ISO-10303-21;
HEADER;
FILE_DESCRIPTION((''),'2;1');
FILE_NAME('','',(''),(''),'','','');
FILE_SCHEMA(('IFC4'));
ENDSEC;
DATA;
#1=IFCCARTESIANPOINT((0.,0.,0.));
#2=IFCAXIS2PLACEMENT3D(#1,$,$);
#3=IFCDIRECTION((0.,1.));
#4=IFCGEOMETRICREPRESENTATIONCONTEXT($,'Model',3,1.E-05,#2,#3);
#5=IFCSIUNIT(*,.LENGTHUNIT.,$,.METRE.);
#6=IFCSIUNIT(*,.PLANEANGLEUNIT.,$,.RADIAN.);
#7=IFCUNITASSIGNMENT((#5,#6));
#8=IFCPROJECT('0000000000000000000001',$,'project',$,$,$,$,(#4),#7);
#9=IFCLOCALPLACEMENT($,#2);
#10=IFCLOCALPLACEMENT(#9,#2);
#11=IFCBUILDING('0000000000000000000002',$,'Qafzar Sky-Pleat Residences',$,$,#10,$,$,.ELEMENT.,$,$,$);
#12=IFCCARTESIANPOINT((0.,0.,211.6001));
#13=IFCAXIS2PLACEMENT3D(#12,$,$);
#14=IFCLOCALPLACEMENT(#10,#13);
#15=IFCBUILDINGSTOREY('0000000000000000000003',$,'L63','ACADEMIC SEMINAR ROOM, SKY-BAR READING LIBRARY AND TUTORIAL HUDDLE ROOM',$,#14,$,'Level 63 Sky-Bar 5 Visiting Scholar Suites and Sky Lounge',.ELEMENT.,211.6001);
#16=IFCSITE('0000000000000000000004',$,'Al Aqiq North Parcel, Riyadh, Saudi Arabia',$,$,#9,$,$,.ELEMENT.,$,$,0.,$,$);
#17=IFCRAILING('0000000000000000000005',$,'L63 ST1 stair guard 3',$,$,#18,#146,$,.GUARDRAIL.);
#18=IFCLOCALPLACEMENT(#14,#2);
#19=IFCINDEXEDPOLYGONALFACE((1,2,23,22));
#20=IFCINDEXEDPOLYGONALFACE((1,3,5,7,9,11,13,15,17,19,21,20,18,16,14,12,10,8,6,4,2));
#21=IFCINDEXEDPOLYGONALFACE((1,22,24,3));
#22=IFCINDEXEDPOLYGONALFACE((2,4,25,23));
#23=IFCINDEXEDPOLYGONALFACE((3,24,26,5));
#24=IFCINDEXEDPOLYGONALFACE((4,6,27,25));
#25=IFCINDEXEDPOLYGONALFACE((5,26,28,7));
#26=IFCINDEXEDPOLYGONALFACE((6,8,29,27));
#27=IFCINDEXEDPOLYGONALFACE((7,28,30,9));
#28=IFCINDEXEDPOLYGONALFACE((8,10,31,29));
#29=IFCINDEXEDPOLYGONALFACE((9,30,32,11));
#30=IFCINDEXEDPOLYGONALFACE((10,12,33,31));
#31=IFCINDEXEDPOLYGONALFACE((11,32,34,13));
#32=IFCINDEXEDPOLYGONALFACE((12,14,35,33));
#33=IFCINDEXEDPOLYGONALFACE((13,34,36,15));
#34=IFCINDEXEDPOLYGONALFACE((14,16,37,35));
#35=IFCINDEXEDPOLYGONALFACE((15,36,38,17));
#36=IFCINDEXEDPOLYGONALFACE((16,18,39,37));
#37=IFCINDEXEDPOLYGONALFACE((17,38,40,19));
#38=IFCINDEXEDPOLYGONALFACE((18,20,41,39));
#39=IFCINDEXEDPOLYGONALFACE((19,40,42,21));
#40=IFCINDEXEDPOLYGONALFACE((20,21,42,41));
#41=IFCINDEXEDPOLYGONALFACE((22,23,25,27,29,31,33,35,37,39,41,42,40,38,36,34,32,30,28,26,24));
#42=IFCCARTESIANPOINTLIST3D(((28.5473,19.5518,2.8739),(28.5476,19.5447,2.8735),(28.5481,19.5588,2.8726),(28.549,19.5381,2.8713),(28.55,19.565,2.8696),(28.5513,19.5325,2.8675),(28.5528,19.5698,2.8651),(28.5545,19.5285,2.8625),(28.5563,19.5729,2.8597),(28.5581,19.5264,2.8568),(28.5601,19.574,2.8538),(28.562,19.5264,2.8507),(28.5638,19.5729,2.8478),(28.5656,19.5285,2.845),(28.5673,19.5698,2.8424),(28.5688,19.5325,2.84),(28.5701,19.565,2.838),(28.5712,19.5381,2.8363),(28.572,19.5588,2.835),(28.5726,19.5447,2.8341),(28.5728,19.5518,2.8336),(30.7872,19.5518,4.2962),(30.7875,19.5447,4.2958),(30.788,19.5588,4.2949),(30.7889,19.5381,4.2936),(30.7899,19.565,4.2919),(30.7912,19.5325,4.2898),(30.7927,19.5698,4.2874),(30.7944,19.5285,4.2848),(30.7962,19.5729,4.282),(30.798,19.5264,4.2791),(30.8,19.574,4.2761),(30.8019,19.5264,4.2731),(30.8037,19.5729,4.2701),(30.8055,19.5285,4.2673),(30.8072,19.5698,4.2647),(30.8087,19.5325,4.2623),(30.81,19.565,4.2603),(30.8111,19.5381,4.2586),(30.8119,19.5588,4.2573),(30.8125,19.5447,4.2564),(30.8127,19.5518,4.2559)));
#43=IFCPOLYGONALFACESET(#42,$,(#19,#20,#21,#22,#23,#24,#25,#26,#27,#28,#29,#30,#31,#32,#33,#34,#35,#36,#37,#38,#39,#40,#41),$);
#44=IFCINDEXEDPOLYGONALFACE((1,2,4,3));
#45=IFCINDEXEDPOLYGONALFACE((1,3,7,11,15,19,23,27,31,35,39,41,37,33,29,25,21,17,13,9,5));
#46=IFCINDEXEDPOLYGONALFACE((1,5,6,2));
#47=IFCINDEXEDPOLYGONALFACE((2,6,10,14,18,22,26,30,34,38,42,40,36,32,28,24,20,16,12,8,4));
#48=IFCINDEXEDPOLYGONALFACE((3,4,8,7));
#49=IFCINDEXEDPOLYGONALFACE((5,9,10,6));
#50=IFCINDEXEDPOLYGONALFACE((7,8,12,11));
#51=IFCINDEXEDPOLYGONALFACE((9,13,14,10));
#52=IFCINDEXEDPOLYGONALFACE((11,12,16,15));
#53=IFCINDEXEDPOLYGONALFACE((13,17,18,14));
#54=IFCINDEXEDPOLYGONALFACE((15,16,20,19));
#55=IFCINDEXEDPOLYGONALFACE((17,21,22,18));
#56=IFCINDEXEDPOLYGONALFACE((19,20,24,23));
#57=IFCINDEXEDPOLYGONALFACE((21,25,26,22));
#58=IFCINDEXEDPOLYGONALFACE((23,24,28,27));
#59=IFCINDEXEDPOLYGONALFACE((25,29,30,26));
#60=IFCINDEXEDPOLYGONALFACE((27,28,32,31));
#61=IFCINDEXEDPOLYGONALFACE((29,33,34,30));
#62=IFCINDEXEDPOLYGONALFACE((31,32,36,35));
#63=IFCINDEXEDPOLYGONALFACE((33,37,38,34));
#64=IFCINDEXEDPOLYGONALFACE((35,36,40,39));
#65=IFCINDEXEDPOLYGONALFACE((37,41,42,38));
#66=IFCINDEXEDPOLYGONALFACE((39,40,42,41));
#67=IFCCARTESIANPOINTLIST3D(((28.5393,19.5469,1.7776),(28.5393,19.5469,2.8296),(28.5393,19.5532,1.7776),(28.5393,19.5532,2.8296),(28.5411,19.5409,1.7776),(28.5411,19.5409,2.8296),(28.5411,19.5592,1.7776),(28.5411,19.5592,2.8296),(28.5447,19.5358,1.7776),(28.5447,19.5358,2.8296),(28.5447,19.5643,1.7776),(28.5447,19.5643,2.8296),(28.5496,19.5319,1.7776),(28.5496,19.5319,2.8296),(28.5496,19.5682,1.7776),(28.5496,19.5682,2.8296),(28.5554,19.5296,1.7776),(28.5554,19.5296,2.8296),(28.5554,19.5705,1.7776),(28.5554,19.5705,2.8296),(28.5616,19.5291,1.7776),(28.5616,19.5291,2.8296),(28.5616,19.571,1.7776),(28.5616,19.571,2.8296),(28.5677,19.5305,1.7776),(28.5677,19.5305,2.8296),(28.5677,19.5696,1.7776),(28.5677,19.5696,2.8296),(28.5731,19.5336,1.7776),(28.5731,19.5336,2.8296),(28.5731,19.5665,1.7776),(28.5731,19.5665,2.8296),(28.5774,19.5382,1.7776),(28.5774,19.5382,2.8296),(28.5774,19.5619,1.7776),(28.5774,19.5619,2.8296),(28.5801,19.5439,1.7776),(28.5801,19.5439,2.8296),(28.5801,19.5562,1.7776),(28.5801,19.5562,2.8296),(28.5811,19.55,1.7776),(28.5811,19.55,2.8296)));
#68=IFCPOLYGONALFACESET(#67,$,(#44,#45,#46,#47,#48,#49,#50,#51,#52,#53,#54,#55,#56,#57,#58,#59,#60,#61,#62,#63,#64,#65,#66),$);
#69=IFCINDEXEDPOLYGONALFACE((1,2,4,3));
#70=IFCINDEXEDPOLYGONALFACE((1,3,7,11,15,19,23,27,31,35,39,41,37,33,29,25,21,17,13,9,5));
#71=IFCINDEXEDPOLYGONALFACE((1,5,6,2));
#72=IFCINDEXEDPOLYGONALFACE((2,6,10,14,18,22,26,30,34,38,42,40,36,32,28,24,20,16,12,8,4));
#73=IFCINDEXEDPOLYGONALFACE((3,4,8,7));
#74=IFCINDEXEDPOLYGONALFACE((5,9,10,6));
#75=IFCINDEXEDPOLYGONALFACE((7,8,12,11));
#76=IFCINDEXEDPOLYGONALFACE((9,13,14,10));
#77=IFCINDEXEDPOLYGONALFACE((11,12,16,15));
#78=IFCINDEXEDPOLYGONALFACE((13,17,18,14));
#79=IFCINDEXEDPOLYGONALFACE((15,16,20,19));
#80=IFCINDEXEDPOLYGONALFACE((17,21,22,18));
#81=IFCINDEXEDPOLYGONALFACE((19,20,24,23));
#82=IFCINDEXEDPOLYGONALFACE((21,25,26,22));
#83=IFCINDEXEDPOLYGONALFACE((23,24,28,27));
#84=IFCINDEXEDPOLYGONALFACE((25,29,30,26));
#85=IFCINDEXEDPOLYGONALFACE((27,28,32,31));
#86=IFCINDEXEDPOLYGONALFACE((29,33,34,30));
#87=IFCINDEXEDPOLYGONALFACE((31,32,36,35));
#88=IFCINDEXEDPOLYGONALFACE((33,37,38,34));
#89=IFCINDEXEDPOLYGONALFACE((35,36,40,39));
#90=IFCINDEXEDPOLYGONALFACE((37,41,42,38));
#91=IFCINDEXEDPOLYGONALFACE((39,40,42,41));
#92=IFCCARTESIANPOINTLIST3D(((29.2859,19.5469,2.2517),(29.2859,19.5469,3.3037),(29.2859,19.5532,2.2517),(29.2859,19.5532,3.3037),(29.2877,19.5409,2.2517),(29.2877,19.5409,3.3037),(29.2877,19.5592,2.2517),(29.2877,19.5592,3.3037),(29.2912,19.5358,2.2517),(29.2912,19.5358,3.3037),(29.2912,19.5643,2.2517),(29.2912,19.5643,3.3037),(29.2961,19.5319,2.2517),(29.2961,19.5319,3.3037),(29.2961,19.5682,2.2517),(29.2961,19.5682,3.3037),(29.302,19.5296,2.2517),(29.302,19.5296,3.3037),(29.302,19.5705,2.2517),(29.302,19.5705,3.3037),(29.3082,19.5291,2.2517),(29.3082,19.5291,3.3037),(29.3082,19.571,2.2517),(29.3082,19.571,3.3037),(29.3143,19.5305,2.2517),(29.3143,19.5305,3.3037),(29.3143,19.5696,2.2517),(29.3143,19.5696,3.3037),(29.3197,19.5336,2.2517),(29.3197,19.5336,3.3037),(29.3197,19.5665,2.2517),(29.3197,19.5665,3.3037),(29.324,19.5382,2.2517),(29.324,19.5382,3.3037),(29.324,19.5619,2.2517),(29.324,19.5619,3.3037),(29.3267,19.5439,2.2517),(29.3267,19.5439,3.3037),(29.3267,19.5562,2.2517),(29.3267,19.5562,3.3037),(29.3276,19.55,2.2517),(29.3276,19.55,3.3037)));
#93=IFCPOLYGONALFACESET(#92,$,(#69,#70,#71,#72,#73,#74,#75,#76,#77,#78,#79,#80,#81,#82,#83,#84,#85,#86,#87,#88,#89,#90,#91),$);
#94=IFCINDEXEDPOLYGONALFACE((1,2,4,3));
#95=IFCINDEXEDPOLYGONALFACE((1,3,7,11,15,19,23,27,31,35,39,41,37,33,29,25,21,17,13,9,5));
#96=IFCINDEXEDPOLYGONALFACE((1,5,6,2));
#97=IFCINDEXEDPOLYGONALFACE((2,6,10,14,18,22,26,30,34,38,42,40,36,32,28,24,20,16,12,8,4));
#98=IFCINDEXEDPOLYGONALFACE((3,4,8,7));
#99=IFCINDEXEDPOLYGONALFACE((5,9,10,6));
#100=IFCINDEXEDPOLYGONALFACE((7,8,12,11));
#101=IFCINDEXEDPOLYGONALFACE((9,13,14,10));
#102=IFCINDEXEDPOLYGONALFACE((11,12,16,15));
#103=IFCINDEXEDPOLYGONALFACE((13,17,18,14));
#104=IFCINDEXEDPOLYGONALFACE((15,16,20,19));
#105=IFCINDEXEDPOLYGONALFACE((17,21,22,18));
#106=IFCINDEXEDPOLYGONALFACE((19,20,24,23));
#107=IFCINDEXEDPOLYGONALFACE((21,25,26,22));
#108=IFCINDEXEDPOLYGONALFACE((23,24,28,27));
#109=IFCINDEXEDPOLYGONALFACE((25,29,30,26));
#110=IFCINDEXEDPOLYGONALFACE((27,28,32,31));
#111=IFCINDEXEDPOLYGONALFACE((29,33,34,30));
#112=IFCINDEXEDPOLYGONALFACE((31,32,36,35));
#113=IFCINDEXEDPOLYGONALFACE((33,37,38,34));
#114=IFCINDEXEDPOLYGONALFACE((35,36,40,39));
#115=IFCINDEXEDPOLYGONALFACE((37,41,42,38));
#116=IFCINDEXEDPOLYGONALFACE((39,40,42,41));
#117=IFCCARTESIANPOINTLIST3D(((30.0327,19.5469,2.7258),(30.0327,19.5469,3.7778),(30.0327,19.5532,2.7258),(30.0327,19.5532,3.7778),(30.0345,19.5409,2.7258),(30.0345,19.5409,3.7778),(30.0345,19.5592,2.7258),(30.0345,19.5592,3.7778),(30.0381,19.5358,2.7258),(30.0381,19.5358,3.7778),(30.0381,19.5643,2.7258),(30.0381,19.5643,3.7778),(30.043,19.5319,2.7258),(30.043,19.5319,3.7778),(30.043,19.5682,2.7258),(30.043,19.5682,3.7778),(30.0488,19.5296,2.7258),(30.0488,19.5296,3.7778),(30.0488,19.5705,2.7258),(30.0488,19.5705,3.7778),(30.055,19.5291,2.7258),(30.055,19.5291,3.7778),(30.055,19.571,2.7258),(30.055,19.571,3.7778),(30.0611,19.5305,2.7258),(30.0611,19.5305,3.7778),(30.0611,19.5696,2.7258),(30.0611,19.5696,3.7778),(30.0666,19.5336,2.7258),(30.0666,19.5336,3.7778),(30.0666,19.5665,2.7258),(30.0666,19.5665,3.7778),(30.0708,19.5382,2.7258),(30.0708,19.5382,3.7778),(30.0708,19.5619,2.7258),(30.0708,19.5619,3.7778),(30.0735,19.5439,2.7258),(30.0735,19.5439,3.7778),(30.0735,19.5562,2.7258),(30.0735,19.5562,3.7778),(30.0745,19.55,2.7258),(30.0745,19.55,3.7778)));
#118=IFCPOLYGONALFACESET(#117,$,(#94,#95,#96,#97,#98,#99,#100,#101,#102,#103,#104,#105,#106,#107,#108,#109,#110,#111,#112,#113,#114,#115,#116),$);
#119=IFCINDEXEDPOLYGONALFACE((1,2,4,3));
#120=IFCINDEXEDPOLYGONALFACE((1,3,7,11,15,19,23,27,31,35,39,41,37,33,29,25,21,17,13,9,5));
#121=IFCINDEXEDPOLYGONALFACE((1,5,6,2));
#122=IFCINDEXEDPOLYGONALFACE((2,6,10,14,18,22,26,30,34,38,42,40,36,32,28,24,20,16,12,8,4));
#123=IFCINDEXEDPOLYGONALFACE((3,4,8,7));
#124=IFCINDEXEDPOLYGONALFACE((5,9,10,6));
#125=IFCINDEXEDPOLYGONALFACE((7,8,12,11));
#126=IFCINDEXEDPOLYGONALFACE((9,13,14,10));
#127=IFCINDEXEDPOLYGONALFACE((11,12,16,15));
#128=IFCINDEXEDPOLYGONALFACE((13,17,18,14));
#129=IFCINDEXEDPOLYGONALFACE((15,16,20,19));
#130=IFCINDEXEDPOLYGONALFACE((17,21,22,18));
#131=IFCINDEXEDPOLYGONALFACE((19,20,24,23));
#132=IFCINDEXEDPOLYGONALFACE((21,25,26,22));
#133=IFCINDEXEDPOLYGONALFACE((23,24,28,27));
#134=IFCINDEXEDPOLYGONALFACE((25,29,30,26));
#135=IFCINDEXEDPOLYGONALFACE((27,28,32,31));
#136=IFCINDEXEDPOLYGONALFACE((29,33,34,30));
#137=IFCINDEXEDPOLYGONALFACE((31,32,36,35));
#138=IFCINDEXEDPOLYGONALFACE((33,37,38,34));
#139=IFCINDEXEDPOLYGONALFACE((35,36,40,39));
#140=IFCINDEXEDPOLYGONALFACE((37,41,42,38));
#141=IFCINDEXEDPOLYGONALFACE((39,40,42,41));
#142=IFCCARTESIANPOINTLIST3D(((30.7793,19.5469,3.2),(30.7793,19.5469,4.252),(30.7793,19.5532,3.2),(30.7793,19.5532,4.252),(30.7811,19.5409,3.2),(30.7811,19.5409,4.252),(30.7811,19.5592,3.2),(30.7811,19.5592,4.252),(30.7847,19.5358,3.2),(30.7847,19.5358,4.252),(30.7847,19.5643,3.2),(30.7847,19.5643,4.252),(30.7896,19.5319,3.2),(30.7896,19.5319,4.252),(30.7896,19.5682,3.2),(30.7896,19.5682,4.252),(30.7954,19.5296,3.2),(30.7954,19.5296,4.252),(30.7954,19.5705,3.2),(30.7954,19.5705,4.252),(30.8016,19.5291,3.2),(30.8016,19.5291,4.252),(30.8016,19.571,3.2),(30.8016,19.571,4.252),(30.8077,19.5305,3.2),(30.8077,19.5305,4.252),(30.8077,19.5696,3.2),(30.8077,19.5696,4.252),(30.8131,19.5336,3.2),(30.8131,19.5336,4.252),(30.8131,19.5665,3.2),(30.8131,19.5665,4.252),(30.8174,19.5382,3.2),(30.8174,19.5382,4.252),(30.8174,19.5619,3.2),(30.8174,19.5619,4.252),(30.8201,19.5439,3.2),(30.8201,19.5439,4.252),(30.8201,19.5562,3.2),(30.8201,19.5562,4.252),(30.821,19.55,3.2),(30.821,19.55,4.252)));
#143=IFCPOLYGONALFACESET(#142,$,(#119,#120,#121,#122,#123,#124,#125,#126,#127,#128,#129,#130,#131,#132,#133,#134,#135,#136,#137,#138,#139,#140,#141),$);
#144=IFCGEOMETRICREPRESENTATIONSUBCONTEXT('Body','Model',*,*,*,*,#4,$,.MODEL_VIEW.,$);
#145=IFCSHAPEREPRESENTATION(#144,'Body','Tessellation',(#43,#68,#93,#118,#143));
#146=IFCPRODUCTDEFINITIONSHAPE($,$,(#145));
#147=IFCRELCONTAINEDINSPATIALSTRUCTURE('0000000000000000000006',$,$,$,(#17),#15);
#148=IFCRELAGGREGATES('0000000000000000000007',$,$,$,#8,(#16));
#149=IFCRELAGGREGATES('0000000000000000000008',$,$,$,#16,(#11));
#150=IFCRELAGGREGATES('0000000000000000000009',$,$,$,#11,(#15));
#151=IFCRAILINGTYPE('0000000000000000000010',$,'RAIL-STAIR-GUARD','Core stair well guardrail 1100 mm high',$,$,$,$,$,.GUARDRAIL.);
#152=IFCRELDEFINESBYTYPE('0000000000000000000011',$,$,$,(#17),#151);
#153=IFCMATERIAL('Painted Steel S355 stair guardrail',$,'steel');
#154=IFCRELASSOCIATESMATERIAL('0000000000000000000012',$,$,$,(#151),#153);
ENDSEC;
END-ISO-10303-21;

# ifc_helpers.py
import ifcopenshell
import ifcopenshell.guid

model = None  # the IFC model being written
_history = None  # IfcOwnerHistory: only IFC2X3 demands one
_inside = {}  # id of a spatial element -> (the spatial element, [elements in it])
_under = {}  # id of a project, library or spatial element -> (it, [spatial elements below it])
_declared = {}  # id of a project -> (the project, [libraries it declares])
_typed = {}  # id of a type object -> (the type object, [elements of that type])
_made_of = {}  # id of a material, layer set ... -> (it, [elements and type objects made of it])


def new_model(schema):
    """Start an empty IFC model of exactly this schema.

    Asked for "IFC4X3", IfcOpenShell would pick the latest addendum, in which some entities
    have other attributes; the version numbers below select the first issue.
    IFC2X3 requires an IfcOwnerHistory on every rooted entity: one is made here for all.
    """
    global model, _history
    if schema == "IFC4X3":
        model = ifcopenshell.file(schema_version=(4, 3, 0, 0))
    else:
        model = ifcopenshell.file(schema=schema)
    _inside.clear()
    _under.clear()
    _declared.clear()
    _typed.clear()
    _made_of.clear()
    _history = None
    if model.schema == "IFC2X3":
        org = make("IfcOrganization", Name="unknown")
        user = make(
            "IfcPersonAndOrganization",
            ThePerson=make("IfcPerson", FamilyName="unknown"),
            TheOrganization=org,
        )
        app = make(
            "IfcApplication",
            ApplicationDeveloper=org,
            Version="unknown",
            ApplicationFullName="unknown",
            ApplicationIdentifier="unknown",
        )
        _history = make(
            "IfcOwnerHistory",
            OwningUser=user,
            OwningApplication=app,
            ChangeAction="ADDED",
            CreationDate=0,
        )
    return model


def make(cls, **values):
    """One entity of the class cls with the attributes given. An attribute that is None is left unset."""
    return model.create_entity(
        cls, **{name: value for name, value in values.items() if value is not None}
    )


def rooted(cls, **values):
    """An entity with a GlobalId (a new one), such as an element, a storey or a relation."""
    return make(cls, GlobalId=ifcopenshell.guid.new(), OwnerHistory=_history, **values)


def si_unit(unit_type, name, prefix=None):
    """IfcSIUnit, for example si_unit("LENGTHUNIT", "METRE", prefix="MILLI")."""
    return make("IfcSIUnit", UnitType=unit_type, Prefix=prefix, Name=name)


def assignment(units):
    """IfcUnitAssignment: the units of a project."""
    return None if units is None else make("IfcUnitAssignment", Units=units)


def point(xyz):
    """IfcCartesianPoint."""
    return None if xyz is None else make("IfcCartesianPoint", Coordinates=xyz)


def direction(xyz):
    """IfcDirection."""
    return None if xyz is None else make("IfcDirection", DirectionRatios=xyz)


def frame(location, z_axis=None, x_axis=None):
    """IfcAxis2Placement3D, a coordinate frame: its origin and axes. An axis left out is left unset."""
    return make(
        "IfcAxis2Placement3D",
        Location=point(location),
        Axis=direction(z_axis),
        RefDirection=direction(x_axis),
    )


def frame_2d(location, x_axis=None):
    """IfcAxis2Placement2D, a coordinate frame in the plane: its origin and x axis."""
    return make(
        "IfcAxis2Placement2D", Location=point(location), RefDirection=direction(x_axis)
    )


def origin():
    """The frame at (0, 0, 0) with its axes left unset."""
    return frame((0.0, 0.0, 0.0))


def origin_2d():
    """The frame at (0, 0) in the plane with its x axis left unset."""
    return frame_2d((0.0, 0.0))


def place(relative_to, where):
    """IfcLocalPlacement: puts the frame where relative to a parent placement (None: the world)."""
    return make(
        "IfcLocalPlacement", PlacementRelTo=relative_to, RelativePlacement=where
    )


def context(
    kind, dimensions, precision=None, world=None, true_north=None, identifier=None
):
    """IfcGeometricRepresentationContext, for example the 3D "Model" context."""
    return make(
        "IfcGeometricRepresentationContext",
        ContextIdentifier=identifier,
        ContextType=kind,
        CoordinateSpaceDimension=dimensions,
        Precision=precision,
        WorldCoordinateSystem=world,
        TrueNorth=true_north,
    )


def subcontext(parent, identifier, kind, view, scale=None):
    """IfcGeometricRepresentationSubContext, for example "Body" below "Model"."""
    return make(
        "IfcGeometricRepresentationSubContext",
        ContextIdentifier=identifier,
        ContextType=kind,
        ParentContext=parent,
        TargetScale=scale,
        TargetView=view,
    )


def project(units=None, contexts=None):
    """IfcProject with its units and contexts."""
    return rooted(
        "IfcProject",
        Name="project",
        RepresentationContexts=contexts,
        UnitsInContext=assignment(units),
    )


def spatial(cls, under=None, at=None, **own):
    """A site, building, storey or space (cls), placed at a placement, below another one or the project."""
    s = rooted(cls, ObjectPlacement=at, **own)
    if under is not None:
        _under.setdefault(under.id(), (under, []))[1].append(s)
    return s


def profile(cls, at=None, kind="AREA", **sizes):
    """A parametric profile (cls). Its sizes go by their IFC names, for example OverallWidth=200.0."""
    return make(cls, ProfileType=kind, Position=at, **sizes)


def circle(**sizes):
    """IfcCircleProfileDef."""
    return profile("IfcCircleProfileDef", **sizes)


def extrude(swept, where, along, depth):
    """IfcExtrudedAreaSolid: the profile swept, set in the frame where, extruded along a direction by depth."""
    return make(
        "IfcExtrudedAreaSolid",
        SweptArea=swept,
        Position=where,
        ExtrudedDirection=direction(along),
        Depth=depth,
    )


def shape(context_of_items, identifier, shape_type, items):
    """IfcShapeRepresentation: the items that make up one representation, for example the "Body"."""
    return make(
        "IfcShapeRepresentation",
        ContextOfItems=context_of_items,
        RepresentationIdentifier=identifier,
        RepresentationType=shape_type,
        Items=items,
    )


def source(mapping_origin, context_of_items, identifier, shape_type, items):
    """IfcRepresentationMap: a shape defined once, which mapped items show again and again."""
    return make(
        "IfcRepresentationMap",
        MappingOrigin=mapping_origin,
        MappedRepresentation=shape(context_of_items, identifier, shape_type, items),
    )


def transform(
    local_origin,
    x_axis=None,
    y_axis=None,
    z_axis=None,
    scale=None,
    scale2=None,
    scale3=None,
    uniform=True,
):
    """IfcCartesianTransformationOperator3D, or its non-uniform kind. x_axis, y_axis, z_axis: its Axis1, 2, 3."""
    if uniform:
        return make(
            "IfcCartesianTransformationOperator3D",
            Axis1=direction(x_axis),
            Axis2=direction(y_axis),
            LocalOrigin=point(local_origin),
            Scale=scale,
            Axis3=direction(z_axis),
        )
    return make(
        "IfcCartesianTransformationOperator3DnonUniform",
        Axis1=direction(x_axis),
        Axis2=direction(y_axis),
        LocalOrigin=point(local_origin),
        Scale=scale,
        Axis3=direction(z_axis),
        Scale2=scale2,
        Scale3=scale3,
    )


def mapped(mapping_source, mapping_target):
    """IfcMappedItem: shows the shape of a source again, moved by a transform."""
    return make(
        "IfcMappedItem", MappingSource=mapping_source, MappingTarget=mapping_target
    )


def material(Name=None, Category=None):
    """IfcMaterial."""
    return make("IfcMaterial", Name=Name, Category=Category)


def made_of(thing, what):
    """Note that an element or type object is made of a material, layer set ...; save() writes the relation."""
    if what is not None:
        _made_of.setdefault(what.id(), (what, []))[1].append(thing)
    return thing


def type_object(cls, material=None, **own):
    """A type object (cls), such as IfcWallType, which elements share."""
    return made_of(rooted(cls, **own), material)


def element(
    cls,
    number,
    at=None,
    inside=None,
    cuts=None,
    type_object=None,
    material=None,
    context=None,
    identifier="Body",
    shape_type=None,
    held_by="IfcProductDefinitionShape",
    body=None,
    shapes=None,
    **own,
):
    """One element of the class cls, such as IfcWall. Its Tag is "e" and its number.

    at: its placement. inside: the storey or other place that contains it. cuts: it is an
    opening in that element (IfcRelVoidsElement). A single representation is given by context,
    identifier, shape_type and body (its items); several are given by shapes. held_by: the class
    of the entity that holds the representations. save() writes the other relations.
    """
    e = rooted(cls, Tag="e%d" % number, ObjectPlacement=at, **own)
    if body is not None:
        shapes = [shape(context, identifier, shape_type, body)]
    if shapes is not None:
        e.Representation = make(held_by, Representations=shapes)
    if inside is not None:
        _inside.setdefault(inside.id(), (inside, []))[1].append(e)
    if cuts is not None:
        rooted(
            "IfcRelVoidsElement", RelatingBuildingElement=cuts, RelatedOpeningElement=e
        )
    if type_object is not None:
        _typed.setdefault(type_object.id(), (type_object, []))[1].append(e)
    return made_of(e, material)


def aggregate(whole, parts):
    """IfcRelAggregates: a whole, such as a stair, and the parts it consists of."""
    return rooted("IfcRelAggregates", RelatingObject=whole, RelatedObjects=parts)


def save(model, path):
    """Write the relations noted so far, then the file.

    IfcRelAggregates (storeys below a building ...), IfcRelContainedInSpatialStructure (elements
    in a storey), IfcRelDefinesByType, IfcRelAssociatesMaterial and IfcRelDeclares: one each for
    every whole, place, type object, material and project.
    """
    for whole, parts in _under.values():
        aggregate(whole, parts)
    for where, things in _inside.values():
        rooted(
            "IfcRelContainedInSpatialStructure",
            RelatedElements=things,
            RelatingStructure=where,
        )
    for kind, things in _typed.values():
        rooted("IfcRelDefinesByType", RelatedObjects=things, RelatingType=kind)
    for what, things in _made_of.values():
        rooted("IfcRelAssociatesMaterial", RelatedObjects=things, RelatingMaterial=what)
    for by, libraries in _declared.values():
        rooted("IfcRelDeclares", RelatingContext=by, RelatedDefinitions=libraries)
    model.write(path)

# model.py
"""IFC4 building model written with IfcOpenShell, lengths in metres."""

from ifc_helpers import new_model, si_unit, direction, frame, origin, origin_2d, place, context, subcontext, project, spatial, circle, extrude, source, transform, mapped, material, type_object, element, save


model = new_model("IFC4")

# Units and contexts
model_context = context("Model", 3, precision=1e-05, world=origin(), true_north=direction((0.0, 1.0)))
body_context = subcontext(model_context, "Body", "Model", "MODEL_VIEW")
ifc_project = project(units=[si_unit("LENGTHUNIT", "METRE"), si_unit("PLANEANGLEUNIT", "RADIAN")], contexts=[model_context])

# Site, building, storey
site_placement = place(None, origin())
site = spatial("IfcSite", under=ifc_project, at=site_placement, Name="Al Aqiq North Parcel, Riyadh, Saudi Arabia", CompositionType="ELEMENT", RefElevation=0.0)
building_placement = place(site_placement, origin())
building = spatial("IfcBuilding", under=site, at=building_placement, Name="Qafzar Sky-Pleat Residences", CompositionType="ELEMENT")
storey_placement = place(building_placement, frame((0.0, 0.0, 211.6001)))
storey = spatial("IfcBuildingStorey", under=building, at=storey_placement, Name="L63", Description="ACADEMIC SEMINAR ROOM, SKY-BAR READING LIBRARY AND TUTORIAL HUDDLE ROOM", LongName="Level 63 Sky-Bar 5 Visiting Scholar Suites and Sky Lounge", CompositionType="ELEMENT", Elevation=211.6001)

# Railing
ifc_material_1 = material(Name="Painted Steel S355 stair guardrail", Category="steel")
railing_type_1 = type_object("IfcRailingType", Name="RAIL-STAIR-GUARD", Description="Core stair well guardrail 1100 mm high", PredefinedType="GUARDRAIL", material=ifc_material_1)
shared_shape_1 = source(origin(), body_context, "Body", "SweptSolid", [
    extrude(circle(Radius=0.0239, at=origin_2d()), frame((0.0, 0.0, 1.0762), z_axis=(0.844188, 0.0, 0.536048), x_axis=(0.0, 1.0, 0.0)), (0.0, 0.0, 1.0), 2.6533),
    extrude(circle(Radius=0.021, at=origin_2d()), origin(), (0.0, 0.0, 1.0), 1.052),
    extrude(circle(Radius=0.021, at=origin_2d()), frame((0.7466, 0.0, 0.4741)), (0.0, 0.0, 1.0), 1.052),
    extrude(circle(Radius=0.021, at=origin_2d()), frame((1.4934, 0.0, 0.9482)), (0.0, 0.0, 1.0), 1.052),
    extrude(circle(Radius=0.021, at=origin_2d()), frame((2.24, 0.0, 1.4224)), (0.0, 0.0, 1.0), 1.052),
])
railing_1_placement = place(storey_placement, frame((28.5601, 19.55, 1.7776)))
element("IfcRailing", 1, at=railing_1_placement, inside=storey, type_object=railing_type_1, Name="L63 ST1 stair guard 3", PredefinedType="GUARDRAIL", context=body_context, shape_type="MappedRepresentation", body=[
    mapped(shared_shape_1, transform((0.0, 0.0, 0.0), x_axis=(1.0, 0.0, 0.0), y_axis=(0.0, 1.0, 0.0), z_axis=(0.0, 0.0, 1.0), scale=1.0)),
])

save(model, "model.ifc")
